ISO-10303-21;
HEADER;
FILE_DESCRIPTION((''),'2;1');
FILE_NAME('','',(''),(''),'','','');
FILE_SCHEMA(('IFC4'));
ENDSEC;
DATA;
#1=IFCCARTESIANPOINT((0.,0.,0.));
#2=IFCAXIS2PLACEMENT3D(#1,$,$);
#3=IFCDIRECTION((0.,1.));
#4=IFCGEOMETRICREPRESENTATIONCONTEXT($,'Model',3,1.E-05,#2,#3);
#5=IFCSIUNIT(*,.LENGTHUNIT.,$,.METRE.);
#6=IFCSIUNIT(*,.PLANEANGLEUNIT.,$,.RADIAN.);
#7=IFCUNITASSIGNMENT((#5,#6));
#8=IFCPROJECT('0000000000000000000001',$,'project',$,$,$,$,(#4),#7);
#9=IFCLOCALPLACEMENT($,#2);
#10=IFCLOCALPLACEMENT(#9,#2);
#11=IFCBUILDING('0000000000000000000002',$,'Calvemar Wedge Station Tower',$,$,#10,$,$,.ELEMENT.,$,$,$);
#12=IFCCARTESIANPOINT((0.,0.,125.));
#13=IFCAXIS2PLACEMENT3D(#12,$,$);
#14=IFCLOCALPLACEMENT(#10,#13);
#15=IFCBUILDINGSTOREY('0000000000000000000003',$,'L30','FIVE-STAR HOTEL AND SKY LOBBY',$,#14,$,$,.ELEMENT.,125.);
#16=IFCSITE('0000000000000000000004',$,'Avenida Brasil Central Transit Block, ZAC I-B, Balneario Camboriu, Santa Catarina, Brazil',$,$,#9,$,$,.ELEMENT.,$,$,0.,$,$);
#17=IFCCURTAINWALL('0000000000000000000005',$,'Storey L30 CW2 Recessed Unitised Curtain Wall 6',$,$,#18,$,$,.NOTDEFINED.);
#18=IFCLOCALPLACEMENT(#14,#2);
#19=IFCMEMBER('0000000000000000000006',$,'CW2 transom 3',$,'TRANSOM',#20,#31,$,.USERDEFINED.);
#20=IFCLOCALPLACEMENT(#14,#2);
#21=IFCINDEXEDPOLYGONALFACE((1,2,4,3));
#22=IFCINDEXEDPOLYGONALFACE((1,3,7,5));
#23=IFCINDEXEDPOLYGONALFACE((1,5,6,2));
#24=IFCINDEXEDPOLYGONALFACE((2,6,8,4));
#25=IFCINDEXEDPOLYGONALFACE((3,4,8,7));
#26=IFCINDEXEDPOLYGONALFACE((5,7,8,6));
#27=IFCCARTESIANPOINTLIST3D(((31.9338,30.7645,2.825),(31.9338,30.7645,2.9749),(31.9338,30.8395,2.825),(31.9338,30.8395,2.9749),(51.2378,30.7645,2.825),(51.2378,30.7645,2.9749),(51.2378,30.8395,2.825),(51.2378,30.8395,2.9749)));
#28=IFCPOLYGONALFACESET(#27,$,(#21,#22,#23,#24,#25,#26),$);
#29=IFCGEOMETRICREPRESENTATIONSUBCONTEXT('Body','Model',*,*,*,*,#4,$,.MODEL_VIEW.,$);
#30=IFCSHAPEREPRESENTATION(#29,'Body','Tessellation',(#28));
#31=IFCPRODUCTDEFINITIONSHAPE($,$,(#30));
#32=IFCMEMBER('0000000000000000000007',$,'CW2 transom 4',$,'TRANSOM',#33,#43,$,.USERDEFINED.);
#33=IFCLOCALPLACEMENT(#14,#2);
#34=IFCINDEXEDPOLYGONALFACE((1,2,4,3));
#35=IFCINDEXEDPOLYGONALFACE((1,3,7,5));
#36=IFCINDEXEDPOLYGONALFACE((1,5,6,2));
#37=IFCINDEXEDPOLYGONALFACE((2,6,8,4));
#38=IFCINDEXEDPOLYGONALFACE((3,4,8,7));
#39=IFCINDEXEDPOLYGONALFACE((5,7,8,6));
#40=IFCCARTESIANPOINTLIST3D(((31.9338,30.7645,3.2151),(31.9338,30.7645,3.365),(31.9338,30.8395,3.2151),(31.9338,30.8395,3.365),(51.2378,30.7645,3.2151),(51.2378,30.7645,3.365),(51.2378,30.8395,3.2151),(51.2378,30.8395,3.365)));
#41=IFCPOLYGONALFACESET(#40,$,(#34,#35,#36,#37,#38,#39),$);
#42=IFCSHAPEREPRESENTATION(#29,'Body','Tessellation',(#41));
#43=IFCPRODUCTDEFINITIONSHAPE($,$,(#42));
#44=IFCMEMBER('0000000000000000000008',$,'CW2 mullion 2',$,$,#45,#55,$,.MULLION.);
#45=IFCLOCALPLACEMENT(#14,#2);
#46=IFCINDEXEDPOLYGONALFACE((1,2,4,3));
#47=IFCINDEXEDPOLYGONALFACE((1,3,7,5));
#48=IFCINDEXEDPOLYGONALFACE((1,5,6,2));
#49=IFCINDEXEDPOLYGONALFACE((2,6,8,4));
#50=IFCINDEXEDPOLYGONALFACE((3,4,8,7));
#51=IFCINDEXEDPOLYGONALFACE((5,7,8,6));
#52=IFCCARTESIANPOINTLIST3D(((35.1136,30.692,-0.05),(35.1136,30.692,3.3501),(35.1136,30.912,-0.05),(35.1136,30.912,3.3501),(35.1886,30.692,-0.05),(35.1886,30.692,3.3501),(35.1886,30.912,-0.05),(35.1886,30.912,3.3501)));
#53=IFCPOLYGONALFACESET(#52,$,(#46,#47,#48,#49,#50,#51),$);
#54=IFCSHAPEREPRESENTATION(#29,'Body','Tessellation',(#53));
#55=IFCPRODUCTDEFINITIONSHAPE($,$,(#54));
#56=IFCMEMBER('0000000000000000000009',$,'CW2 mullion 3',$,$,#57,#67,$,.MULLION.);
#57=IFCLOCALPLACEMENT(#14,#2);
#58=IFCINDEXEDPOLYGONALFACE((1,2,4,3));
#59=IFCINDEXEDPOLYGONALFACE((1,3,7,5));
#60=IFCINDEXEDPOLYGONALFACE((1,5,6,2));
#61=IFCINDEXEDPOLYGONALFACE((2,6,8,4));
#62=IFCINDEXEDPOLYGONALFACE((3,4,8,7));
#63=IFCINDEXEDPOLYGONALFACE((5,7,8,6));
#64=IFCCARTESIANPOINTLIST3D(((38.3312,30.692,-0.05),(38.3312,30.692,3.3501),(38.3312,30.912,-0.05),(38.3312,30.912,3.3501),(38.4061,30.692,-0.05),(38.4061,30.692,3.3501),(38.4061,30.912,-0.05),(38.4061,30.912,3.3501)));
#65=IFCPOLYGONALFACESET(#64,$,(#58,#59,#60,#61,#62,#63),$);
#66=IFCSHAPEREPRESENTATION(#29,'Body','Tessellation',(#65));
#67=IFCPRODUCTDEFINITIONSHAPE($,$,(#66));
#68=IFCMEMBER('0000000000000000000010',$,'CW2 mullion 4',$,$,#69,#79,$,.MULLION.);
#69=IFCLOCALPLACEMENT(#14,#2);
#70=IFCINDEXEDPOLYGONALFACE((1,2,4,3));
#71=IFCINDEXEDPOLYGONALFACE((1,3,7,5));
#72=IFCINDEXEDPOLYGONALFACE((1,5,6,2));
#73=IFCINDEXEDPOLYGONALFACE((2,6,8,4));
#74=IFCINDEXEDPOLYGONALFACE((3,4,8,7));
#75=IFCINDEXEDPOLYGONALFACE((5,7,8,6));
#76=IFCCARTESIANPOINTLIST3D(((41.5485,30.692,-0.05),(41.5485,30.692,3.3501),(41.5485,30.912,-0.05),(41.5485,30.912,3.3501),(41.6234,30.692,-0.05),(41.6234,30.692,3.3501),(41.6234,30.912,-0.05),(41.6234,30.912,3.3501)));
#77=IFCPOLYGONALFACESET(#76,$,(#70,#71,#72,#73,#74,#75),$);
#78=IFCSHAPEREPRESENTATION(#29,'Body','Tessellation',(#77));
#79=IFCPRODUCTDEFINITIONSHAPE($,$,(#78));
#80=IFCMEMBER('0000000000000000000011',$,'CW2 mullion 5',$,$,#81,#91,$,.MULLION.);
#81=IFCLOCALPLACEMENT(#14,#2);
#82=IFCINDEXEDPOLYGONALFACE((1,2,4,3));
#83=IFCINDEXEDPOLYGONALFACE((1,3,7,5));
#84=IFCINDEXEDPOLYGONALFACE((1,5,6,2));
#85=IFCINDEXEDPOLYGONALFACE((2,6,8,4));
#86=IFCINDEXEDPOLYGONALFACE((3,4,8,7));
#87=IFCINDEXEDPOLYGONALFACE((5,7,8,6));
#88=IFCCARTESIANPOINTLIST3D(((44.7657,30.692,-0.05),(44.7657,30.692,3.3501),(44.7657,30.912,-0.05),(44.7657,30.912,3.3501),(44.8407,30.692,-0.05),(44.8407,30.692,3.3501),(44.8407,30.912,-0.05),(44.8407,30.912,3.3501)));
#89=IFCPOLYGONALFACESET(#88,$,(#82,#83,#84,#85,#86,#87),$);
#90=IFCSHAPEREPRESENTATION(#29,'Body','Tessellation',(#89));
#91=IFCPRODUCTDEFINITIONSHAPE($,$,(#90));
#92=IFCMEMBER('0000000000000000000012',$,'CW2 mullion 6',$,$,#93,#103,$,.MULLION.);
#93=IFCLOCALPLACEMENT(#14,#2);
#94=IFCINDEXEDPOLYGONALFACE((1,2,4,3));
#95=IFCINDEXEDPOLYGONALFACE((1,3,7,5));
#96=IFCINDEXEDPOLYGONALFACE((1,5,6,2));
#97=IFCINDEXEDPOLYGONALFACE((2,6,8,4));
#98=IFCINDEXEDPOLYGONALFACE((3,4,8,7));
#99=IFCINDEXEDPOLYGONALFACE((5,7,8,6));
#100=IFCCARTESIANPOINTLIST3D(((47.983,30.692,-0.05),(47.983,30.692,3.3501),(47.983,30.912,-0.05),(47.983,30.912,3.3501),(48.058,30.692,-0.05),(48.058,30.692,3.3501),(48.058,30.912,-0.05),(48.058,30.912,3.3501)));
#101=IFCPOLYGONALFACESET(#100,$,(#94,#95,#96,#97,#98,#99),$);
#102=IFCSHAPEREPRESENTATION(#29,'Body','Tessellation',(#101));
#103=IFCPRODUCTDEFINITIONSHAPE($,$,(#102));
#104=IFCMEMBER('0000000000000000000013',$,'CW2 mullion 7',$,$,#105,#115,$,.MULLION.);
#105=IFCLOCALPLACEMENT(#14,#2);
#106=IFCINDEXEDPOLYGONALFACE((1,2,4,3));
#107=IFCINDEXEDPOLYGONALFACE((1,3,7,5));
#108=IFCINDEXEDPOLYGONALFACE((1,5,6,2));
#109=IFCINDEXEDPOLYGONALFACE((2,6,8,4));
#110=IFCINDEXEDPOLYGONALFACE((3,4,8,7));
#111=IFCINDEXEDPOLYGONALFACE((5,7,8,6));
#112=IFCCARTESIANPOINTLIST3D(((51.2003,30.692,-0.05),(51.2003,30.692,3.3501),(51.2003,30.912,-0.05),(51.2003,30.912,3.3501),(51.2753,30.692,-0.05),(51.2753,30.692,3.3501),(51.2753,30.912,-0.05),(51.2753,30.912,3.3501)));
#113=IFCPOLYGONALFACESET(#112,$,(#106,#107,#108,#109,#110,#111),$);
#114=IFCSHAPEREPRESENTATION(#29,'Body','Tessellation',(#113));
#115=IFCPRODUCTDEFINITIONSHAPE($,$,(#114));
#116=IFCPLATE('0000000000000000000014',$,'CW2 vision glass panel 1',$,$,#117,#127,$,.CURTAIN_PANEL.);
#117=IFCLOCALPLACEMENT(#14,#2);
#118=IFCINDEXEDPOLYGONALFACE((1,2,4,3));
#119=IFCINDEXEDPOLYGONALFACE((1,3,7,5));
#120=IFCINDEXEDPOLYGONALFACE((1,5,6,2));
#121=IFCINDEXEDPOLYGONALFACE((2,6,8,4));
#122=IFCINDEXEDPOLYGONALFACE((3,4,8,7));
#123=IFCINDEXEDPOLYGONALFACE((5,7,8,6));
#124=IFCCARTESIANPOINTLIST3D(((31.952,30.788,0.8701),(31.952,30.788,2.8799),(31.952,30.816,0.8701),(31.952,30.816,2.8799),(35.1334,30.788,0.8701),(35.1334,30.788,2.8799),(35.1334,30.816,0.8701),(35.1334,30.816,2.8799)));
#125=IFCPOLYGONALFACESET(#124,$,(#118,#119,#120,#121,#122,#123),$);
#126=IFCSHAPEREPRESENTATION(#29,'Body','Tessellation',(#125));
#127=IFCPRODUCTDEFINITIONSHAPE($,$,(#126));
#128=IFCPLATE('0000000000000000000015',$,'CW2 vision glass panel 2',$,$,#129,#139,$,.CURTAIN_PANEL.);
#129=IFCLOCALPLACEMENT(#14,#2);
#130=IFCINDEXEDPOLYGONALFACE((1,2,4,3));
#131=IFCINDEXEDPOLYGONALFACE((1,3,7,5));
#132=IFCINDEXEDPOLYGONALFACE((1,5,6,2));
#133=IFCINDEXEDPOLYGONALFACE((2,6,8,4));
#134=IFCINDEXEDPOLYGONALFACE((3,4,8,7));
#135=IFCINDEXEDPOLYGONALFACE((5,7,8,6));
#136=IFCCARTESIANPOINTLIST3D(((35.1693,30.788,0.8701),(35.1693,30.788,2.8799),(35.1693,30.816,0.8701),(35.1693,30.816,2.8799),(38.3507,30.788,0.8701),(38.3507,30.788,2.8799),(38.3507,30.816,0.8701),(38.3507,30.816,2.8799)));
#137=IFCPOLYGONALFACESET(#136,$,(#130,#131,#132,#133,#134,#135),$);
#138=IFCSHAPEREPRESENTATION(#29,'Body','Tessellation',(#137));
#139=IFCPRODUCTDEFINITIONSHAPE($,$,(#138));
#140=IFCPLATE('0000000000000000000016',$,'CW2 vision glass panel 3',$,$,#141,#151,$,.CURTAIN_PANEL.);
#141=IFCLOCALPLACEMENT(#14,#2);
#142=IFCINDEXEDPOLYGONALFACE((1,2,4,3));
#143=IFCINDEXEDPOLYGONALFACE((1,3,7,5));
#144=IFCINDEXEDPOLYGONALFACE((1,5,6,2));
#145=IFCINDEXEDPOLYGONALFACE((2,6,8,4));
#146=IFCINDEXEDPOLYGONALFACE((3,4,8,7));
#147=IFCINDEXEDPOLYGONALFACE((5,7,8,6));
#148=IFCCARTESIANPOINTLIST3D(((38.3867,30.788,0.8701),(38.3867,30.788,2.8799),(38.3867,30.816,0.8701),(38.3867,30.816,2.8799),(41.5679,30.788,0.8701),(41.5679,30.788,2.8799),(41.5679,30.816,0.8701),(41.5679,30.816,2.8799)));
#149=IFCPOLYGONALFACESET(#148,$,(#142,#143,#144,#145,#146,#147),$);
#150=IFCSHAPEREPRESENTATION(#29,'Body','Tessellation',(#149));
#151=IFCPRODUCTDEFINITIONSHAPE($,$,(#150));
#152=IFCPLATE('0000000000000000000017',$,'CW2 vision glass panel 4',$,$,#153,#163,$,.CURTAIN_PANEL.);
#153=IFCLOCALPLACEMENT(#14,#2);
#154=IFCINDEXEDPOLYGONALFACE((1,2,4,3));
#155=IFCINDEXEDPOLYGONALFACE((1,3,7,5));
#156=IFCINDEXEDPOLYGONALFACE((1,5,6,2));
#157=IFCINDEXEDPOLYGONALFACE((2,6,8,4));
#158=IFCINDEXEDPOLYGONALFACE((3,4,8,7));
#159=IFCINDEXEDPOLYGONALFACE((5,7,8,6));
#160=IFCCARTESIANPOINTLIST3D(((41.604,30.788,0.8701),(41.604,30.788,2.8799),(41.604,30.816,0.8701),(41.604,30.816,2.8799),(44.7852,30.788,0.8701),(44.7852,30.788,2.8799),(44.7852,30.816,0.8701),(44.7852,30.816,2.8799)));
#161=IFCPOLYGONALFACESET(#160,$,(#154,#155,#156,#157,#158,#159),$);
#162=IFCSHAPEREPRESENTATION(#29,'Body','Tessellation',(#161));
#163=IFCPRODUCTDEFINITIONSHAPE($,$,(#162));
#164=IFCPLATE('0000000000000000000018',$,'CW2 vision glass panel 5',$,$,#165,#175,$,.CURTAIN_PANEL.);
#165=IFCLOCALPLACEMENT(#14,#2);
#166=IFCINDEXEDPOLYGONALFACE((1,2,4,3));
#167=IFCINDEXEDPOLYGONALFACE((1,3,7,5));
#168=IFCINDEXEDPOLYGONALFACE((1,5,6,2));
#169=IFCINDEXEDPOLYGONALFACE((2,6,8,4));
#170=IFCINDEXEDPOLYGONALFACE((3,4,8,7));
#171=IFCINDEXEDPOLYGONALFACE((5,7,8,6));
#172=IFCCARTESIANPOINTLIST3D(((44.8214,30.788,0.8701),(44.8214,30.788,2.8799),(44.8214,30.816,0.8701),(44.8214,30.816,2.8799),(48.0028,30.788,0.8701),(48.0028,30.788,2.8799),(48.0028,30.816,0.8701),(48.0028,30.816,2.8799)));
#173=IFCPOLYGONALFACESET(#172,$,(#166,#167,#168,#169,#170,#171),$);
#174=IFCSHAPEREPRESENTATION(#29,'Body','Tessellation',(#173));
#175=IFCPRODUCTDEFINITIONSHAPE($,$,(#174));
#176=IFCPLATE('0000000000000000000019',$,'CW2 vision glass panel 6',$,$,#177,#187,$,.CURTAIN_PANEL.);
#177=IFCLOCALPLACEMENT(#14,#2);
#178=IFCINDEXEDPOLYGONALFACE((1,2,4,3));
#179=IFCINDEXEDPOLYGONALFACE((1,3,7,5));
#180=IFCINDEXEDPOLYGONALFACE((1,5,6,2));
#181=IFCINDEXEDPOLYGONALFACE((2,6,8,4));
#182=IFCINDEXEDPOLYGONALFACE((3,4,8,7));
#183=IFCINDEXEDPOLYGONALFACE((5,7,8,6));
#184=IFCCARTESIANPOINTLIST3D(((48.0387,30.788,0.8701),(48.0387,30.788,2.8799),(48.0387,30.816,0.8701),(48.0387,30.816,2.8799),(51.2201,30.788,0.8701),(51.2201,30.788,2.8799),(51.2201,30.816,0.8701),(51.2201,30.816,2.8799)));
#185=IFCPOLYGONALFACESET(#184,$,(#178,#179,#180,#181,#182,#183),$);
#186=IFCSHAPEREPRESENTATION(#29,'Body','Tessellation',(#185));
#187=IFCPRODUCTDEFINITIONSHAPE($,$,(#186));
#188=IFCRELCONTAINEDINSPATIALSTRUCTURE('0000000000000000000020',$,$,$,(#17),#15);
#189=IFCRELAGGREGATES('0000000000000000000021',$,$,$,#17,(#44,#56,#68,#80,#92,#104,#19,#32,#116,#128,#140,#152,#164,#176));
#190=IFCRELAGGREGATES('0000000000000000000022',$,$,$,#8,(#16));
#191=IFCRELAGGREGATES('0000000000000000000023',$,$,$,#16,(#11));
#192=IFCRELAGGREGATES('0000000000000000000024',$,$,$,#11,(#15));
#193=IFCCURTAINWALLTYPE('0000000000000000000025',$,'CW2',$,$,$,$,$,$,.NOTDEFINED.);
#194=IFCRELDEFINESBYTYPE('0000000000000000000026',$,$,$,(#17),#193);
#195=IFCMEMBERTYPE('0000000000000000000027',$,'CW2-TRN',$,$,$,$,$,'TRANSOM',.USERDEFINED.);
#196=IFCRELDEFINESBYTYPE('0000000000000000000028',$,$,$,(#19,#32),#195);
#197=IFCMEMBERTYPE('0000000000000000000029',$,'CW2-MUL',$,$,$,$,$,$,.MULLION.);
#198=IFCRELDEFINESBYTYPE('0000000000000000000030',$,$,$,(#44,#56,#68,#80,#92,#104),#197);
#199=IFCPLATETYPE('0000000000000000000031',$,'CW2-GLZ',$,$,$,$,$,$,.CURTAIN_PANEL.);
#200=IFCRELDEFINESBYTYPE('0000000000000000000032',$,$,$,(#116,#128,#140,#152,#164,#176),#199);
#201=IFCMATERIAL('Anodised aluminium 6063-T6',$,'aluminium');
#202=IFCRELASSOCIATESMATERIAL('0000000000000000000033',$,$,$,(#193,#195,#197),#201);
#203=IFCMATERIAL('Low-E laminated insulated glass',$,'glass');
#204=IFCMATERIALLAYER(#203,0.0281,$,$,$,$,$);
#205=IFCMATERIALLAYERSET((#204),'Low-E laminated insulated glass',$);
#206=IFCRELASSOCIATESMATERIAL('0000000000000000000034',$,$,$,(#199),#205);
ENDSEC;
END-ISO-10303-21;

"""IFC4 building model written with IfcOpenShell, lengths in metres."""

from ifc_helpers import new_model, si_unit, direction, frame, frame_2d, origin, origin_2d, place, context, subcontext, project, spatial, rectangle, extrude, source, transform, mapped, material, layer, layer_set, material_profile, profile_set, type_object, element, aggregate, save


model = new_model("IFC4")

# Units and contexts
model_context = context("Model", 3, precision=1e-05, world=origin(), true_north=direction((0.0, 1.0)))
body_context = subcontext(model_context, "Body", "Model", "MODEL_VIEW")
ifc_project = project(units=[si_unit("LENGTHUNIT", "METRE"), si_unit("PLANEANGLEUNIT", "RADIAN")], contexts=[model_context])

# Site, building, storey
site_placement = place(None, origin())
site = spatial("IfcSite", under=ifc_project, at=site_placement, Name="Avenida Brasil Central Transit Block, ZAC I-B, Balneario Camboriu, Santa Catarina, Brazil", CompositionType="ELEMENT", RefElevation=0.0)
building_placement = place(site_placement, origin())
building = spatial("IfcBuilding", under=site, at=building_placement, Name="Calvemar Wedge Station Tower", CompositionType="ELEMENT")
storey_placement = place(building_placement, frame((0.0, 0.0, 125.0)))
storey = spatial("IfcBuildingStorey", under=building, at=storey_placement, Name="L30", Description="FIVE-STAR HOTEL AND SKY LOBBY", CompositionType="ELEMENT", Elevation=125.0)

# Curtain wall, members, plates
ifc_material_1 = material(Name="Anodised aluminium 6063-T6", Category="aluminium")
curtain_wall_type = type_object("IfcCurtainWallType", Name="CW2", PredefinedType="NOTDEFINED", material=ifc_material_1)
curtain_wall_placement = place(storey_placement, origin())
curtain_wall = element("IfcCurtainWall", 1, at=curtain_wall_placement, inside=storey, type_object=curtain_wall_type, Name="Storey L30 CW2 Recessed Unitised Curtain Wall 6", PredefinedType="NOTDEFINED")
ifc_material_profile_1 = material_profile(ifc_material_1, rectangle(XDim=0.075, YDim=0.1499, at=origin_2d()), Name="AL-TRN-75x150")
ifc_profile_set_1 = profile_set([ifc_material_profile_1], Name="Anodised aluminium 6063-T6")
member_type_1 = type_object("IfcMemberType", Name="CW2-TRN", ElementType="TRANSOM", PredefinedType="USERDEFINED", material=ifc_profile_set_1)
shared_shape_1 = source(origin(), body_context, "Body", "SweptSolid", [
    extrude(rectangle(XDim=0.075, YDim=0.1499, at=origin_2d()), origin(), (0.0, 0.0, 1.0), 19.304),
])
member_1_placement = place(storey_placement, frame((31.9338, 30.802, 2.8999), z_axis=(1.0, 0.0, 0.0), x_axis=(0.0, 1.0, 0.0)))
member_1 = element("IfcMember", 2, at=member_1_placement, type_object=member_type_1, Name="CW2 transom 3", ObjectType="TRANSOM", PredefinedType="USERDEFINED", context=body_context, shape_type="MappedRepresentation", body=[
    mapped(shared_shape_1, transform((0.0, 0.0, 0.0), scale=1.0)),
])
member_2_placement = place(storey_placement, frame((31.9338, 30.802, 3.29), z_axis=(1.0, 0.0, 0.0), x_axis=(0.0, 1.0, 0.0)))
member_2 = element("IfcMember", 3, at=member_2_placement, type_object=member_type_1, Name="CW2 transom 4", ObjectType="TRANSOM", PredefinedType="USERDEFINED", context=body_context, shape_type="MappedRepresentation", body=[
    mapped(shared_shape_1, transform((0.0, 0.0, 0.0), scale=1.0)),
])
ifc_material_profile_2 = material_profile(ifc_material_1, rectangle(XDim=0.075, YDim=0.22, at=origin_2d()), Name="AL-MUL-75x220")
ifc_profile_set_2 = profile_set([ifc_material_profile_2], Name="Anodised aluminium 6063-T6")
member_type_2 = type_object("IfcMemberType", Name="CW2-MUL", PredefinedType="MULLION", material=ifc_profile_set_2)
shared_shape_2 = source(origin(), body_context, "Body", "SweptSolid", [
    extrude(rectangle(XDim=0.075, YDim=0.22, at=origin_2d()), origin(), (0.0, 0.0, 1.0), 3.4001),
])
member_3_placement = place(storey_placement, frame((35.1511, 30.802, -0.05), z_axis=(0.0, 0.0, 1.0), x_axis=(1.0, 0.0, 0.0)))
member_3 = element("IfcMember", 4, at=member_3_placement, type_object=member_type_2, Name="CW2 mullion 2", PredefinedType="MULLION", context=body_context, shape_type="MappedRepresentation", body=[
    mapped(shared_shape_2, transform((0.0, 0.0, 0.0), scale=1.0)),
])
member_4_placement = place(storey_placement, frame((38.3687, 30.802, -0.05), z_axis=(0.0, 0.0, 1.0), x_axis=(1.0, 0.0, 0.0)))
member_4 = element("IfcMember", 5, at=member_4_placement, type_object=member_type_2, Name="CW2 mullion 3", PredefinedType="MULLION", context=body_context, shape_type="MappedRepresentation", body=[
    mapped(shared_shape_2, transform((0.0, 0.0, 0.0), scale=1.0)),
])
member_5_placement = place(storey_placement, frame((41.5859, 30.802, -0.05), z_axis=(0.0, 0.0, 1.0), x_axis=(1.0, 0.0, 0.0)))
member_5 = element("IfcMember", 6, at=member_5_placement, type_object=member_type_2, Name="CW2 mullion 4", PredefinedType="MULLION", context=body_context, shape_type="MappedRepresentation", body=[
    mapped(shared_shape_2, transform((0.0, 0.0, 0.0), scale=1.0)),
])
member_6_placement = place(storey_placement, frame((44.8032, 30.802, -0.05), z_axis=(0.0, 0.0, 1.0), x_axis=(1.0, 0.0, 0.0)))
member_6 = element("IfcMember", 7, at=member_6_placement, type_object=member_type_2, Name="CW2 mullion 5", PredefinedType="MULLION", context=body_context, shape_type="MappedRepresentation", body=[
    mapped(shared_shape_2, transform((0.0, 0.0, 0.0), scale=1.0)),
])
member_7_placement = place(storey_placement, frame((48.0205, 30.802, -0.05), z_axis=(0.0, 0.0, 1.0), x_axis=(1.0, 0.0, 0.0)))
member_7 = element("IfcMember", 8, at=member_7_placement, type_object=member_type_2, Name="CW2 mullion 6", PredefinedType="MULLION", context=body_context, shape_type="MappedRepresentation", body=[
    mapped(shared_shape_2, transform((0.0, 0.0, 0.0), scale=1.0)),
])
member_8_placement = place(storey_placement, frame((51.2378, 30.802, -0.05), z_axis=(0.0, 0.0, 1.0), x_axis=(1.0, 0.0, 0.0)))
member_8 = element("IfcMember", 9, at=member_8_placement, type_object=member_type_2, Name="CW2 mullion 7", PredefinedType="MULLION", context=body_context, shape_type="MappedRepresentation", body=[
    mapped(shared_shape_2, transform((0.0, 0.0, 0.0), scale=1.0)),
])
ifc_material_2 = material(Name="Low-E laminated insulated glass", Category="glass")
ifc_layer_1 = layer(ifc_material_2, 0.0281)
ifc_layer_set_1 = layer_set([ifc_layer_1], Name="Low-E laminated insulated glass")
plate_type_1 = type_object("IfcPlateType", Name="CW2-GLZ", PredefinedType="CURTAIN_PANEL", material=ifc_layer_set_1)
plate_1_placement = place(storey_placement, frame((31.9519, 30.802, 0.8701), z_axis=(0.0, 0.0, 1.0), x_axis=(1.0, 0.0, 0.0)))
plate_1 = element("IfcPlate", 10, at=plate_1_placement, type_object=plate_type_1, Name="CW2 vision glass panel 1", PredefinedType="CURTAIN_PANEL", context=body_context, shape_type="SweptSolid", body=[
    extrude(rectangle(XDim=3.1814, YDim=0.0281, at=frame_2d((1.5908, 0.0))), origin(), (0.0, 0.0, 1.0), 2.0098),
])
plate_2_placement = place(storey_placement, frame((35.1692, 30.802, 0.8701), z_axis=(0.0, 0.0, 1.0), x_axis=(1.0, 0.0, 0.0)))
plate_2 = element("IfcPlate", 11, at=plate_2_placement, type_object=plate_type_1, Name="CW2 vision glass panel 2", PredefinedType="CURTAIN_PANEL", context=body_context, shape_type="SweptSolid", body=[
    extrude(rectangle(XDim=3.1814, YDim=0.0281, at=frame_2d((1.5908, 0.0))), origin(), (0.0, 0.0, 1.0), 2.0098),
])
plate_3_placement = place(storey_placement, frame((38.3867, 30.802, 0.8701), z_axis=(0.0, 0.0, 1.0), x_axis=(1.0, 0.0, 0.0)))
plate_3 = element("IfcPlate", 12, at=plate_3_placement, type_object=plate_type_1, Name="CW2 vision glass panel 3", PredefinedType="CURTAIN_PANEL", context=body_context, shape_type="SweptSolid", body=[
    extrude(rectangle(XDim=3.1812, YDim=0.0281, at=frame_2d((1.5906, 0.0))), origin(), (0.0, 0.0, 1.0), 2.0098),
])
plate_4_placement = place(storey_placement, frame((41.604, 30.802, 0.8701), z_axis=(0.0, 0.0, 1.0), x_axis=(1.0, 0.0, 0.0)))
plate_4 = element("IfcPlate", 13, at=plate_4_placement, type_object=plate_type_1, Name="CW2 vision glass panel 4", PredefinedType="CURTAIN_PANEL", context=body_context, shape_type="SweptSolid", body=[
    extrude(rectangle(XDim=3.1812, YDim=0.0281, at=frame_2d((1.5906, 0.0))), origin(), (0.0, 0.0, 1.0), 2.0098),
])
plate_5_placement = place(storey_placement, frame((44.8213, 30.802, 0.8701), z_axis=(0.0, 0.0, 1.0), x_axis=(1.0, 0.0, 0.0)))
plate_5 = element("IfcPlate", 14, at=plate_5_placement, type_object=plate_type_1, Name="CW2 vision glass panel 5", PredefinedType="CURTAIN_PANEL", context=body_context, shape_type="SweptSolid", body=[
    extrude(rectangle(XDim=3.1814, YDim=0.0281, at=frame_2d((1.5908, 0.0))), origin(), (0.0, 0.0, 1.0), 2.0098),
])
plate_6_placement = place(storey_placement, frame((48.0386, 30.802, 0.8701), z_axis=(0.0, 0.0, 1.0), x_axis=(1.0, 0.0, 0.0)))
plate_6 = element("IfcPlate", 15, at=plate_6_placement, type_object=plate_type_1, Name="CW2 vision glass panel 6", PredefinedType="CURTAIN_PANEL", context=body_context, shape_type="SweptSolid", body=[
    extrude(rectangle(XDim=3.1814, YDim=0.0281, at=frame_2d((1.5908, 0.0))), origin(), (0.0, 0.0, 1.0), 2.0098),
])
aggregate(curtain_wall, [member_3, member_4, member_5, member_6, member_7, member_8, member_1, member_2, plate_1, plate_2, plate_3, plate_4, plate_5, plate_6])

save(model, "model.ifc")
